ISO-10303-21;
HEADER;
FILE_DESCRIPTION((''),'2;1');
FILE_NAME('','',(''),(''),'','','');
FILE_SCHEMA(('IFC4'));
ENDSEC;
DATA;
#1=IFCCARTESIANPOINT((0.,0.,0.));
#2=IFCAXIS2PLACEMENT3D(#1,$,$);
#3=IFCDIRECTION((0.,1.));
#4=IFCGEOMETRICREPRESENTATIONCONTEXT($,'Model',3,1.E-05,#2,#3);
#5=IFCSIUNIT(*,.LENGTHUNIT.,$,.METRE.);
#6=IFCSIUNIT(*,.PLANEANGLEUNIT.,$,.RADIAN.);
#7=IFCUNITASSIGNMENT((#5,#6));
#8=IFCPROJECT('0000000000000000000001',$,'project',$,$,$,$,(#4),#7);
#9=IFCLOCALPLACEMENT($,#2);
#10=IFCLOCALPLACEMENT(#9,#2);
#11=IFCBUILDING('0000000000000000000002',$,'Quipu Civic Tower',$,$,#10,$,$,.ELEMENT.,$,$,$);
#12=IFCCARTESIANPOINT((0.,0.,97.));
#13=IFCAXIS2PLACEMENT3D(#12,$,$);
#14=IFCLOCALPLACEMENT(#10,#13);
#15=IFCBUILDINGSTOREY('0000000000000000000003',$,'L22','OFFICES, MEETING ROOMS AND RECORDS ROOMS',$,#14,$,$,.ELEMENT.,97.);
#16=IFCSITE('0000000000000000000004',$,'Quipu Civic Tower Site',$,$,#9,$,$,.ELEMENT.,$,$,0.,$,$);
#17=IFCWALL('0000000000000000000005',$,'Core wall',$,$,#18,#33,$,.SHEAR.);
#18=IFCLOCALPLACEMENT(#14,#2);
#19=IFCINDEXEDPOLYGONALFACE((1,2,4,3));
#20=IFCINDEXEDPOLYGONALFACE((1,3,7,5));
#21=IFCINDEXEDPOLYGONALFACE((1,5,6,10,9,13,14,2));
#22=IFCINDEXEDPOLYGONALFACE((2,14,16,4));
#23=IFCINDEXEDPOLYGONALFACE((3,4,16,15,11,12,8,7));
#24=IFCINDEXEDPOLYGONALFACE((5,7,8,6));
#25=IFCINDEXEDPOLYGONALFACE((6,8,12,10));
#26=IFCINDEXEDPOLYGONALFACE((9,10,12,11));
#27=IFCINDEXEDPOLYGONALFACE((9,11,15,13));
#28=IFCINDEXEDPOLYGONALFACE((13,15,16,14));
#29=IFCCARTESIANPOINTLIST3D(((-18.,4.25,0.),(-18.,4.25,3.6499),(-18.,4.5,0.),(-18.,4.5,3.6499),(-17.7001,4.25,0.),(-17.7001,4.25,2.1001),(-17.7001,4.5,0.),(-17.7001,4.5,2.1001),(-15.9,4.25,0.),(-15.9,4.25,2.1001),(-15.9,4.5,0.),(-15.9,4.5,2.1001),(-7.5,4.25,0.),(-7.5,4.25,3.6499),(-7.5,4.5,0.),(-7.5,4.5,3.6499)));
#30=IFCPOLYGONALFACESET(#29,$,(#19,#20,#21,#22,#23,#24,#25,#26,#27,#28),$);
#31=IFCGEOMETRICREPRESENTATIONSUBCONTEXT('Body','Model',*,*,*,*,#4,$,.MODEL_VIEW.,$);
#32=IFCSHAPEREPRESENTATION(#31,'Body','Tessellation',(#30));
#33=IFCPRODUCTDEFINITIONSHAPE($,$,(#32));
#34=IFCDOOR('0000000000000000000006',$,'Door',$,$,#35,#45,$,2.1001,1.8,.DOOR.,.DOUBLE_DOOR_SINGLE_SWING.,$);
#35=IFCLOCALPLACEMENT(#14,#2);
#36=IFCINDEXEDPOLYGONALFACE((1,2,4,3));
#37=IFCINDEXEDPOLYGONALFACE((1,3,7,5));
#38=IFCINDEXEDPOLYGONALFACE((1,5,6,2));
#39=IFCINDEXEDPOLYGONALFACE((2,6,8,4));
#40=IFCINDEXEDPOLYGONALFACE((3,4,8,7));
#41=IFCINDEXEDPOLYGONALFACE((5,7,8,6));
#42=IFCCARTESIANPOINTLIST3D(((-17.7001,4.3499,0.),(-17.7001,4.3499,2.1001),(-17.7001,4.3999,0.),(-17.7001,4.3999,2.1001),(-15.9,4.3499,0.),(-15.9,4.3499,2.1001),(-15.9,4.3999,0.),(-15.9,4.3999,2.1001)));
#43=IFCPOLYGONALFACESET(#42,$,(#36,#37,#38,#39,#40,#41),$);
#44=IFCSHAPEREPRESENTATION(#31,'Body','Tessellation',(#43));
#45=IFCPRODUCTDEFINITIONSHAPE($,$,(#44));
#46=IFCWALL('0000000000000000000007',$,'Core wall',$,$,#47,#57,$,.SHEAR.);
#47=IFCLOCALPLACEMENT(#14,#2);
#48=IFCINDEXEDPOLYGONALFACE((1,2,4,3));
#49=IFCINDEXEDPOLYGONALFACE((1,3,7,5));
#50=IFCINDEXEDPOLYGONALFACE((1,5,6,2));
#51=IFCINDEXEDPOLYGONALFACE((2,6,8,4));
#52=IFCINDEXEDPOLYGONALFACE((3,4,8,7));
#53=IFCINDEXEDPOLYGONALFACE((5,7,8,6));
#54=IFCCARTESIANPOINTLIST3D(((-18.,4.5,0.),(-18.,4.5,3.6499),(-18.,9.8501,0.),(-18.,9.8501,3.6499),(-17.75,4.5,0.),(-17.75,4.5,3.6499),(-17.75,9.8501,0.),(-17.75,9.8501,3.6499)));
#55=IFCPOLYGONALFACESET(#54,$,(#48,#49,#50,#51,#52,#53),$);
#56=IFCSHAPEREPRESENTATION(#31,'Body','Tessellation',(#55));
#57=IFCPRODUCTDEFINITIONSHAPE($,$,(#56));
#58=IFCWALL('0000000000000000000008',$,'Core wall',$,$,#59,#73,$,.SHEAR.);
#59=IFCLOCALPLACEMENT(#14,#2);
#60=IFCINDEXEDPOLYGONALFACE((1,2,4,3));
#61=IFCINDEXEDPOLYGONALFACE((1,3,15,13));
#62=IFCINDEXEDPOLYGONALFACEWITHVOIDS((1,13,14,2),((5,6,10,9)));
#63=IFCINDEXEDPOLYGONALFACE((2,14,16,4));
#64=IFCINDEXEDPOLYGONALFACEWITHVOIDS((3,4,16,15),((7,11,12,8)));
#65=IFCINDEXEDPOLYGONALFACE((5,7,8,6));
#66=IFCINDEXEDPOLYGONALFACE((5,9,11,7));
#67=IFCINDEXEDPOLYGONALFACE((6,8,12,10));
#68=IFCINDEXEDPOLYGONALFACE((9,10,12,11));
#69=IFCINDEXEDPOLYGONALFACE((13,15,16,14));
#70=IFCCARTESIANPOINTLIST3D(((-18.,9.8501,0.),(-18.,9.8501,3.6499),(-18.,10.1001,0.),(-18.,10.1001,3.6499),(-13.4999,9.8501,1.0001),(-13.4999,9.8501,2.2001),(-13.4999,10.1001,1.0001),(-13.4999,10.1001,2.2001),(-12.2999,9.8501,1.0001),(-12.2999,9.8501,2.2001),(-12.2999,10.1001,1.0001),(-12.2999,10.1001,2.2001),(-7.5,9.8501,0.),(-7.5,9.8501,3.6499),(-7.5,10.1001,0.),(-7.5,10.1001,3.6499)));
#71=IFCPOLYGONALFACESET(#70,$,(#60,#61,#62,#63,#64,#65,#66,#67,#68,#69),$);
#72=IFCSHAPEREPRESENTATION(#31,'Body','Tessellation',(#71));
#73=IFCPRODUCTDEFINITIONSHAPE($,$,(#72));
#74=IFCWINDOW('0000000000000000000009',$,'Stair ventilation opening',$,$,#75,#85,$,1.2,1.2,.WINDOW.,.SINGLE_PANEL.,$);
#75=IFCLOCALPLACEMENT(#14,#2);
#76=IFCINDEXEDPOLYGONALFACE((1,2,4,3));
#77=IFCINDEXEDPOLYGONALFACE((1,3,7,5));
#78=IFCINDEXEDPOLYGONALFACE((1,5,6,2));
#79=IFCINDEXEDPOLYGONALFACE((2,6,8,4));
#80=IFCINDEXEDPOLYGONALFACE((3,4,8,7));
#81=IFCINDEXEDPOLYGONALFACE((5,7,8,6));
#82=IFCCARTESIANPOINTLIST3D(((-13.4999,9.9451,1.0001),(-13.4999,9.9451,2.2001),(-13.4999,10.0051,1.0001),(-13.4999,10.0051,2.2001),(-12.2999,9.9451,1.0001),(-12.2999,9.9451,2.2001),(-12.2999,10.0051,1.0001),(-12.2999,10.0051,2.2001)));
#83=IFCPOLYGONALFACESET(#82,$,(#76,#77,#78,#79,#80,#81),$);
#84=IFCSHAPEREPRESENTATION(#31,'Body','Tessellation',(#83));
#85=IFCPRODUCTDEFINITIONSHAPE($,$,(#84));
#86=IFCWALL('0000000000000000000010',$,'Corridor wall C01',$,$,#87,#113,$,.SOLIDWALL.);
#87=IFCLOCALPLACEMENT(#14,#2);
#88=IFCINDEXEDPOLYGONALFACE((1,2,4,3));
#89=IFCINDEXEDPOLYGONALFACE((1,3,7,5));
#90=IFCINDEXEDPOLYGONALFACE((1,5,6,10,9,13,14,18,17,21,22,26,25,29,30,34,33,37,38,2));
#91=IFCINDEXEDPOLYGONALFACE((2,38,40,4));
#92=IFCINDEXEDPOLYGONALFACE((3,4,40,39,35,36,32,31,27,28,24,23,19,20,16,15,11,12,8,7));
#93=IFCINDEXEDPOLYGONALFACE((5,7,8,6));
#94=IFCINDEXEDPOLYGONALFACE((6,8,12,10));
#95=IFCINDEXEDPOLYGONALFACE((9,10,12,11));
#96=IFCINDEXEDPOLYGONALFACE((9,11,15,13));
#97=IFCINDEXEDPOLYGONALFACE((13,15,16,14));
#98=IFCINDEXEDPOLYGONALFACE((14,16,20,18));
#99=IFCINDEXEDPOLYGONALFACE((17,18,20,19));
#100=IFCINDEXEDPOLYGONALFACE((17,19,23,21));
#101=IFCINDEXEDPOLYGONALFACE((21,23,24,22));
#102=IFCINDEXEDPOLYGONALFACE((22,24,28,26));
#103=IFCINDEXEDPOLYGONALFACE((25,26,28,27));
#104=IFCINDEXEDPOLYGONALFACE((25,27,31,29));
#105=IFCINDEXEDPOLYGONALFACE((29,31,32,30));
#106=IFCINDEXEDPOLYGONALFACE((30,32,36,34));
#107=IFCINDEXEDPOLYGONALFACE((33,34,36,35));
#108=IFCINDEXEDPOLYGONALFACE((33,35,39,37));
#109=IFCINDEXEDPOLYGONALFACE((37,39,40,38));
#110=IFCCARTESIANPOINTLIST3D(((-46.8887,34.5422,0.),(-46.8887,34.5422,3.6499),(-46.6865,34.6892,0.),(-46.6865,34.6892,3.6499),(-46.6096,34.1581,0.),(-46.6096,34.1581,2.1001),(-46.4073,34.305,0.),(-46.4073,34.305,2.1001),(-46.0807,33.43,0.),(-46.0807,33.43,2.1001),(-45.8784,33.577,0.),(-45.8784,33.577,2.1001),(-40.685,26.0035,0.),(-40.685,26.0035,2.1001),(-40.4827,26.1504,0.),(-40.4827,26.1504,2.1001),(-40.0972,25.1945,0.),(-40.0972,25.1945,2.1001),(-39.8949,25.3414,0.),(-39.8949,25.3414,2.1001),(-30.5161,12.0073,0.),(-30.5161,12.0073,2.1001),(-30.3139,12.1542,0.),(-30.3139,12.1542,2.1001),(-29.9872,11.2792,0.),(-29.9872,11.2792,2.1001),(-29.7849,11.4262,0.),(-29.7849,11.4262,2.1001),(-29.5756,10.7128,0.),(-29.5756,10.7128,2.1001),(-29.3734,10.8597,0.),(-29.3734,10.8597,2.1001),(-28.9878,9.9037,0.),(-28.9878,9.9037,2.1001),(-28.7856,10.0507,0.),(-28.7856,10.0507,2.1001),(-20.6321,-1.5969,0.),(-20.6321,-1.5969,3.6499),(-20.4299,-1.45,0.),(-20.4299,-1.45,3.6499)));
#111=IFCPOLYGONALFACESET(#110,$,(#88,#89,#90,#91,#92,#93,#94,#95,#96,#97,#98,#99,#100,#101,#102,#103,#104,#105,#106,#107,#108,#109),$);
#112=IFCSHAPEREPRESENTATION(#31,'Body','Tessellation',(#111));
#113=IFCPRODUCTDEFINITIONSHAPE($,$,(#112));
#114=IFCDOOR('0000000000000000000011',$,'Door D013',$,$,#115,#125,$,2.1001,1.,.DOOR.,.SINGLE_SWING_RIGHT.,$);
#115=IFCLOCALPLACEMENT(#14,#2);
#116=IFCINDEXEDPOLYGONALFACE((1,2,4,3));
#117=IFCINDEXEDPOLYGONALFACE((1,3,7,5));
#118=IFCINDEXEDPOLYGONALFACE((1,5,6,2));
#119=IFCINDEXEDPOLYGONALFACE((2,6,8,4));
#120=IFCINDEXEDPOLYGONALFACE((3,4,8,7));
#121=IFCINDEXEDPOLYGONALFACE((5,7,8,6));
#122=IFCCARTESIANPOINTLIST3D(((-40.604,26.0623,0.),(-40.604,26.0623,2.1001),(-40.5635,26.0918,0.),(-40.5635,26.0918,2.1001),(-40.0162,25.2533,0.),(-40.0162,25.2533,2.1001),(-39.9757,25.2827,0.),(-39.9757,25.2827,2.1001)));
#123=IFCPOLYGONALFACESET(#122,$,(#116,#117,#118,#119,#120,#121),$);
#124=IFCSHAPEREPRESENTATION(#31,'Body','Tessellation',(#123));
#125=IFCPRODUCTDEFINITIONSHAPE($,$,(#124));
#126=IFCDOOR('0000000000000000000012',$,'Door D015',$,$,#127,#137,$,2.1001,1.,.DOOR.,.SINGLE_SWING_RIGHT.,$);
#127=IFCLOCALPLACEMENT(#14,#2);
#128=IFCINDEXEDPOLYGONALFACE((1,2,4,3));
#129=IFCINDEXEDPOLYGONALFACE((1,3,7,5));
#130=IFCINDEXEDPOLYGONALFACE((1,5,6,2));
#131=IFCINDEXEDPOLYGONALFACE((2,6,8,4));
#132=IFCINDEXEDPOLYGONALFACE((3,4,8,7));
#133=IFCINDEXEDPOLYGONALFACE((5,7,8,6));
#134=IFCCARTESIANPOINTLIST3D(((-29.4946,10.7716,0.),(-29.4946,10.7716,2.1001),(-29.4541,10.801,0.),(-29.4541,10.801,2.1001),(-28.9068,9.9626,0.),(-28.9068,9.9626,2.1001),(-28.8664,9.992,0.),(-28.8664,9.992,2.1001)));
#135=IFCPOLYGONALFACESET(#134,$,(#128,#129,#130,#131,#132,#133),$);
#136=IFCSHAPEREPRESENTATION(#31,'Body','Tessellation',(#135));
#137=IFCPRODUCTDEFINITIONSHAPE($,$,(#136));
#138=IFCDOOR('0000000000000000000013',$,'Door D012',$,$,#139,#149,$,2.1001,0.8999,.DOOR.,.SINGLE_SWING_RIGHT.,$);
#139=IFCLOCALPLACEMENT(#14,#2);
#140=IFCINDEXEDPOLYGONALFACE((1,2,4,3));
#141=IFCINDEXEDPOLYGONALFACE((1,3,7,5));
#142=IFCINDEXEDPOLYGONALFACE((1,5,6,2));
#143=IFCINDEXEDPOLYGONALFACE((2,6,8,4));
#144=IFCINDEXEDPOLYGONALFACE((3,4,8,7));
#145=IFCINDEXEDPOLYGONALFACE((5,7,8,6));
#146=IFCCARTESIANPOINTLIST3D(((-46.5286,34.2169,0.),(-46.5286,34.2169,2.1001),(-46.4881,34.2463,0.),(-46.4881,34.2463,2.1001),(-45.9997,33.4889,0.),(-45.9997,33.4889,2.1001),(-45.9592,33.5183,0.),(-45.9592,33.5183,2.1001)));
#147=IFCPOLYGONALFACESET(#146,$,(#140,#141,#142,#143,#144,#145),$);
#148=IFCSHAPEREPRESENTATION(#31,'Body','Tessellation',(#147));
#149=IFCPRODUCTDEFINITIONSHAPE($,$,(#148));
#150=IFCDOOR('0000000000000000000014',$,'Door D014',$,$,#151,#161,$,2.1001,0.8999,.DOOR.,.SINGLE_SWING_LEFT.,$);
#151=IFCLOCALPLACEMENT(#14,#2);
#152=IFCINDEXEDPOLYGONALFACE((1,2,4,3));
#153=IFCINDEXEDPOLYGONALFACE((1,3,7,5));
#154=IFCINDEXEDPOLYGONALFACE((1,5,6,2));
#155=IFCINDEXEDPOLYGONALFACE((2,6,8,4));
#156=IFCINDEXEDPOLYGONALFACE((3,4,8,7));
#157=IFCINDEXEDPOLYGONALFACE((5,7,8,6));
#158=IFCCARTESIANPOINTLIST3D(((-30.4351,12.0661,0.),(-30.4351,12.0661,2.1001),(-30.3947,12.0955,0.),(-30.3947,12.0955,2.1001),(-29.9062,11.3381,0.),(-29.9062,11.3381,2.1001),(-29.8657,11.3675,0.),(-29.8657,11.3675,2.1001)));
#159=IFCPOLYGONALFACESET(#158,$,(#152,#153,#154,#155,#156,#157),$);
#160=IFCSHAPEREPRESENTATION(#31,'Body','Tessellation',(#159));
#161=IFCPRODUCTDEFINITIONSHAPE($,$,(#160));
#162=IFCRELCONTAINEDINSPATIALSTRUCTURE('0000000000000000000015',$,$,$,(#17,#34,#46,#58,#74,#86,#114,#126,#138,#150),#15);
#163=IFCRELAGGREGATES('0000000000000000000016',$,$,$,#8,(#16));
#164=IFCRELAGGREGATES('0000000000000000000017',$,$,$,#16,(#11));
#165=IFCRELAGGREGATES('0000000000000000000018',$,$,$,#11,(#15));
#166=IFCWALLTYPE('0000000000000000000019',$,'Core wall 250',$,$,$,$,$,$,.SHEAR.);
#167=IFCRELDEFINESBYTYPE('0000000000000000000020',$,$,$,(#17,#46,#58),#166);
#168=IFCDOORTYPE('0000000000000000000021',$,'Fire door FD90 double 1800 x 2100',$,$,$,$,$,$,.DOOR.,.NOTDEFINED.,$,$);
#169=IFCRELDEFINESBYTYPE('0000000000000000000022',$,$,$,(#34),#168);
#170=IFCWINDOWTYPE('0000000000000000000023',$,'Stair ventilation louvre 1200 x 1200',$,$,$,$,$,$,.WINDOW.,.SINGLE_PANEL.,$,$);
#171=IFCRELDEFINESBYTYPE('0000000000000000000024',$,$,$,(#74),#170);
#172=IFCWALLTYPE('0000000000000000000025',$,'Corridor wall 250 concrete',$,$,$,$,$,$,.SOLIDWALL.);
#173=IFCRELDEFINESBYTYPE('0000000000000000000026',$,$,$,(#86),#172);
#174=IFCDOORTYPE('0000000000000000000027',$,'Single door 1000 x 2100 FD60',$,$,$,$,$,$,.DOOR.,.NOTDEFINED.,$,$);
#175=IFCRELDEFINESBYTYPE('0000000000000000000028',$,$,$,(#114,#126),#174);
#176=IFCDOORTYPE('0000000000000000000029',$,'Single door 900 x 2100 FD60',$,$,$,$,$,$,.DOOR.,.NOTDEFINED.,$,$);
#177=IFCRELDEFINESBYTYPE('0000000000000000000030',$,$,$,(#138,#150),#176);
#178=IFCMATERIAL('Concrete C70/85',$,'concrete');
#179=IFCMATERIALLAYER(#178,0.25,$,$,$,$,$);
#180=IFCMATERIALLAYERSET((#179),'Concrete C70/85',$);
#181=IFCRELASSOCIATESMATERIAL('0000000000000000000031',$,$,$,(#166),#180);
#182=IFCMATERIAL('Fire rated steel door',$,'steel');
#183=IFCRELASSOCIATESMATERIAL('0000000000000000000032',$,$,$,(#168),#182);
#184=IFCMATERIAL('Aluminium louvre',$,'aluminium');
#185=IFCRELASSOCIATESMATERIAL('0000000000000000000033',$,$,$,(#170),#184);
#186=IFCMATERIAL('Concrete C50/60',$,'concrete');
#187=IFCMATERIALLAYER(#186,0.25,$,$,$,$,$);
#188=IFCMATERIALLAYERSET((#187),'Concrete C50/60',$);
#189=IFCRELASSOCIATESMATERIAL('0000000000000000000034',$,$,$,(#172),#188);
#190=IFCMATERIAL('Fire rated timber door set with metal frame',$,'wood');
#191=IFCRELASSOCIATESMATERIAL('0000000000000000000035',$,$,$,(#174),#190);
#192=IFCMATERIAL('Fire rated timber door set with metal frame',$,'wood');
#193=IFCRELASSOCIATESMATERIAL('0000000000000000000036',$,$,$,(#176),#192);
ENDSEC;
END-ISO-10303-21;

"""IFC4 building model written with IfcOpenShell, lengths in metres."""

from ifc_helpers import new_model, si_unit, direction, frame, frame_2d, origin, place, context, subcontext, project, spatial, rectangle, extrude, material, layer, layer_set, type_object, element, fill, save


model = new_model("IFC4")

# Units and contexts
model_context = context("Model", 3, precision=1e-05, world=origin(), true_north=direction((0.0, 1.0)))
body_context = subcontext(model_context, "Body", "Model", "MODEL_VIEW")
ifc_project = project(units=[si_unit("LENGTHUNIT", "METRE"), si_unit("PLANEANGLEUNIT", "RADIAN")], contexts=[model_context])

# Site, building, storey
site_placement = place(None, origin())
site = spatial("IfcSite", under=ifc_project, at=site_placement, Name="Quipu Civic Tower Site", CompositionType="ELEMENT", RefElevation=0.0)
building_placement = place(site_placement, origin())
building = spatial("IfcBuilding", under=site, at=building_placement, Name="Quipu Civic Tower", CompositionType="ELEMENT")
storey_placement = place(building_placement, frame((0.0, 0.0, 97.0)))
storey = spatial("IfcBuildingStorey", under=building, at=storey_placement, Name="L22", Description="OFFICES, MEETING ROOMS AND RECORDS ROOMS", CompositionType="ELEMENT", Elevation=97.0)

# Shared definitions
ifc_material_1 = material(Name="Concrete C70/85", Category="concrete")
ifc_layer_1 = layer(ifc_material_1, 0.25)
ifc_layer_set_1 = layer_set([ifc_layer_1], Name="Concrete C70/85")
wall_type_1 = type_object("IfcWallType", Name="Core wall 250", PredefinedType="SHEAR", material=ifc_layer_set_1)
ifc_material_2 = material(Name="Fire rated steel door", Category="steel")
door_type_1 = type_object("IfcDoorType", Name="Fire door FD90 double 1800 x 2100", OperationType="NOTDEFINED", PredefinedType="DOOR", material=ifc_material_2)

# Wall, opening, door
wall_1_placement = place(storey_placement, frame((-18.0, 4.375, 0.0), z_axis=(0.0, 0.0, 1.0), x_axis=(1.0, 0.0, 0.0)))
wall_1 = element("IfcWall", 1, at=wall_1_placement, inside=storey, type_object=wall_type_1, Name="Core wall", PredefinedType="SHEAR", context=body_context, shape_type="SweptSolid", body=[
    extrude(rectangle(XDim=10.5, YDim=0.25, at=frame_2d((5.25, 0.0))), origin(), (0.0, 0.0, 1.0), 3.6499),
])
opening_1_placement = place(wall_1_placement, frame((0.3, 0.0, 0.0)))
opening_1 = element("IfcOpeningElement", 2, at=opening_1_placement, cuts=wall_1, PredefinedType="OPENING", context=body_context, shape_type="SweptSolid", body=[
    extrude(rectangle(XDim=1.8, YDim=2.1001, at=frame_2d((0.8999, 1.05))), frame((0.0, 0.135, 0.0), z_axis=(0.0, -1.0, 0.0), x_axis=(1.0, 0.0, 0.0)), (0.0, 0.0, 1.0), 0.27),
])
door_1_placement = place(opening_1_placement, origin())
door_1 = element("IfcDoor", 3, at=door_1_placement, inside=storey, type_object=door_type_1, Name="Door", OperationType="DOUBLE_DOOR_SINGLE_SWING", OverallHeight=2.1001, OverallWidth=1.8, PredefinedType="DOOR", context=body_context, shape_type="SweptSolid", body=[
    extrude(rectangle(XDim=1.8, YDim=2.1001, at=frame_2d((0.8999, 1.05))), frame((0.0, 0.0249, 0.0), z_axis=(0.0, -1.0, 0.0), x_axis=(1.0, 0.0, 0.0)), (0.0, 0.0, 1.0), 0.05),
])
fill(opening_1, door_1)

# Wall
wall_2_placement = place(storey_placement, frame((-17.875, 4.5, 0.0), z_axis=(0.0, 0.0, 1.0), x_axis=(0.0, 1.0, 0.0)))
element("IfcWall", 4, at=wall_2_placement, inside=storey, type_object=wall_type_1, Name="Core wall", PredefinedType="SHEAR", context=body_context, shape_type="SweptSolid", body=[
    extrude(rectangle(XDim=5.3501, YDim=0.25, at=frame_2d((2.675, 0.0))), origin(), (0.0, 0.0, 1.0), 3.6499),
])

# Wall, opening, window
wall_3_placement = place(storey_placement, frame((-18.0, 9.9751, 0.0), z_axis=(0.0, 0.0, 1.0), x_axis=(1.0, 0.0, 0.0)))
wall_3 = element("IfcWall", 5, at=wall_3_placement, inside=storey, type_object=wall_type_1, Name="Core wall", PredefinedType="SHEAR", context=body_context, shape_type="SweptSolid", body=[
    extrude(rectangle(XDim=10.5, YDim=0.25, at=frame_2d((5.25, 0.0))), origin(), (0.0, 0.0, 1.0), 3.6499),
])
opening_2_placement = place(wall_3_placement, frame((4.5, 0.0, 1.0)))
opening_2 = element("IfcOpeningElement", 6, at=opening_2_placement, cuts=wall_3, PredefinedType="OPENING", context=body_context, shape_type="SweptSolid", body=[
    extrude(rectangle(XDim=1.2, YDim=1.2, at=frame_2d((0.6001, 0.6001))), frame((0.0, 0.135, 0.0), z_axis=(0.0, -1.0, 0.0), x_axis=(1.0, 0.0, 0.0)), (0.0, 0.0, 1.0), 0.27),
])
ifc_material_3 = material(Name="Aluminium louvre", Category="aluminium")
window_type = type_object("IfcWindowType", Name="Stair ventilation louvre 1200 x 1200", PartitioningType="SINGLE_PANEL", PredefinedType="WINDOW", material=ifc_material_3)
window_placement = place(opening_2_placement, origin())
window = element("IfcWindow", 7, at=window_placement, inside=storey, type_object=window_type, Name="Stair ventilation opening", OverallHeight=1.2, OverallWidth=1.2, PartitioningType="SINGLE_PANEL", PredefinedType="WINDOW", context=body_context, shape_type="SweptSolid", body=[
    extrude(rectangle(XDim=1.2, YDim=1.2, at=frame_2d((0.6001, 0.6001))), frame((0.0, 0.03, 0.0), z_axis=(0.0, -1.0, 0.0), x_axis=(1.0, 0.0, 0.0)), (0.0, 0.0, 1.0), 0.0601),
])
fill(opening_2, window)

# Wall, openings, doors
ifc_material_4 = material(Name="Concrete C50/60", Category="concrete")
ifc_layer_2 = layer(ifc_material_4, 0.25)
ifc_layer_set_2 = layer_set([ifc_layer_2], Name="Concrete C50/60")
wall_type_2 = type_object("IfcWallType", Name="Corridor wall 250 concrete", PredefinedType="SOLIDWALL", material=ifc_layer_set_2)
wall_4_placement = place(storey_placement, frame((-20.531, -1.5234, 0.0), z_axis=(0.0, 0.0, 1.0), x_axis=(-0.587785, 0.809017, 0.0)))
wall_4 = element("IfcWall", 8, at=wall_4_placement, inside=storey, type_object=wall_type_2, Name="Corridor wall C01", PredefinedType="SOLIDWALL", context=body_context, shape_type="SweptSolid", body=[
    extrude(rectangle(XDim=44.6704, YDim=0.25, at=frame_2d((22.3352, 0.0))), origin(), (0.0, 0.0, 1.0), 3.6499),
])
opening_3_placement = place(wall_4_placement, frame((43.2957, 0.0, 0.0)))
opening_3 = element("IfcOpeningElement", 9, at=opening_3_placement, cuts=wall_4, PredefinedType="OPENING", context=body_context, shape_type="SweptSolid", body=[
    extrude(rectangle(XDim=0.8999, YDim=2.1001, at=frame_2d((0.45, 1.05))), frame((0.0, 0.135, 0.0), z_axis=(0.0, -1.0, 0.0), x_axis=(1.0, 0.0, 0.0)), (0.0, 0.0, 1.0), 0.27),
])
opening_4_placement = place(wall_4_placement, frame((15.9158, 0.0, 0.0)))
opening_4 = element("IfcOpeningElement", 10, at=opening_4_placement, cuts=wall_4, PredefinedType="OPENING", context=body_context, shape_type="SweptSolid", body=[
    extrude(rectangle(XDim=0.8999, YDim=2.1001, at=frame_2d((0.45, 1.05))), frame((0.0, 0.135, 0.0), z_axis=(0.0, -1.0, 0.0), x_axis=(1.0, 0.0, 0.0)), (0.0, 0.0, 1.0), 0.27),
])
opening_5_placement = place(wall_4_placement, frame((33.116, 0.0, 0.0)))
opening_5 = element("IfcOpeningElement", 11, at=opening_5_placement, cuts=wall_4, PredefinedType="OPENING", context=body_context, shape_type="SweptSolid", body=[
    extrude(rectangle(XDim=1.0, YDim=2.1001, at=frame_2d((0.5, 1.05))), frame((0.0, 0.135, 0.0), z_axis=(0.0, -1.0, 0.0), x_axis=(1.0, 0.0, 0.0)), (0.0, 0.0, 1.0), 0.27),
])
opening_6_placement = place(wall_4_placement, frame((14.2156, 0.0, 0.0)))
opening_6 = element("IfcOpeningElement", 12, at=opening_6_placement, cuts=wall_4, PredefinedType="OPENING", context=body_context, shape_type="SweptSolid", body=[
    extrude(rectangle(XDim=1.0, YDim=2.1001, at=frame_2d((0.5, 1.05))), frame((0.0, 0.135, 0.0), z_axis=(0.0, -1.0, 0.0), x_axis=(1.0, 0.0, 0.0)), (0.0, 0.0, 1.0), 0.27),
])
ifc_material_5 = material(Name="Fire rated timber door set with metal frame", Category="wood")
door_type_2 = type_object("IfcDoorType", Name="Single door 1000 x 2100 FD60", OperationType="NOTDEFINED", PredefinedType="DOOR", material=ifc_material_5)
door_2_placement = place(opening_5_placement, origin())
door_2 = element("IfcDoor", 13, at=door_2_placement, inside=storey, type_object=door_type_2, Name="Door D013", OperationType="SINGLE_SWING_RIGHT", OverallHeight=2.1001, OverallWidth=1.0, PredefinedType="DOOR", context=body_context, shape_type="SweptSolid", body=[
    extrude(rectangle(XDim=1.0, YDim=2.1001, at=frame_2d((0.5, 1.05))), frame((0.0, 0.0249, 0.0), z_axis=(0.0, -1.0, 0.0), x_axis=(1.0, 0.0, 0.0)), (0.0, 0.0, 1.0), 0.05),
])
fill(opening_5, door_2)
door_3_placement = place(opening_6_placement, origin())
door_3 = element("IfcDoor", 14, at=door_3_placement, inside=storey, type_object=door_type_2, Name="Door D015", OperationType="SINGLE_SWING_RIGHT", OverallHeight=2.1001, OverallWidth=1.0, PredefinedType="DOOR", context=body_context, shape_type="SweptSolid", body=[
    extrude(rectangle(XDim=1.0, YDim=2.1001, at=frame_2d((0.5, 1.05))), frame((0.0, 0.0249, 0.0), z_axis=(0.0, -1.0, 0.0), x_axis=(1.0, 0.0, 0.0)), (0.0, 0.0, 1.0), 0.05),
])
fill(opening_6, door_3)
ifc_material_6 = material(Name="Fire rated timber door set with metal frame", Category="wood")
door_type_3 = type_object("IfcDoorType", Name="Single door 900 x 2100 FD60", OperationType="NOTDEFINED", PredefinedType="DOOR", material=ifc_material_6)
door_4_placement = place(opening_3_placement, origin())
door_4 = element("IfcDoor", 15, at=door_4_placement, inside=storey, type_object=door_type_3, Name="Door D012", OperationType="SINGLE_SWING_RIGHT", OverallHeight=2.1001, OverallWidth=0.8999, PredefinedType="DOOR", context=body_context, shape_type="SweptSolid", body=[
    extrude(rectangle(XDim=0.8999, YDim=2.1001, at=frame_2d((0.45, 1.05))), frame((0.0, 0.0249, 0.0), z_axis=(0.0, -1.0, 0.0), x_axis=(1.0, 0.0, 0.0)), (0.0, 0.0, 1.0), 0.05),
])
fill(opening_3, door_4)
door_5_placement = place(opening_4_placement, origin())
door_5 = element("IfcDoor", 16, at=door_5_placement, inside=storey, type_object=door_type_3, Name="Door D014", OperationType="SINGLE_SWING_LEFT", OverallHeight=2.1001, OverallWidth=0.8999, PredefinedType="DOOR", context=body_context, shape_type="SweptSolid", body=[
    extrude(rectangle(XDim=0.8999, YDim=2.1001, at=frame_2d((0.45, 1.05))), frame((0.0, 0.0249, 0.0), z_axis=(0.0, -1.0, 0.0), x_axis=(1.0, 0.0, 0.0)), (0.0, 0.0, 1.0), 0.05),
])
fill(opening_4, door_5)

save(model, "model.ifc")
